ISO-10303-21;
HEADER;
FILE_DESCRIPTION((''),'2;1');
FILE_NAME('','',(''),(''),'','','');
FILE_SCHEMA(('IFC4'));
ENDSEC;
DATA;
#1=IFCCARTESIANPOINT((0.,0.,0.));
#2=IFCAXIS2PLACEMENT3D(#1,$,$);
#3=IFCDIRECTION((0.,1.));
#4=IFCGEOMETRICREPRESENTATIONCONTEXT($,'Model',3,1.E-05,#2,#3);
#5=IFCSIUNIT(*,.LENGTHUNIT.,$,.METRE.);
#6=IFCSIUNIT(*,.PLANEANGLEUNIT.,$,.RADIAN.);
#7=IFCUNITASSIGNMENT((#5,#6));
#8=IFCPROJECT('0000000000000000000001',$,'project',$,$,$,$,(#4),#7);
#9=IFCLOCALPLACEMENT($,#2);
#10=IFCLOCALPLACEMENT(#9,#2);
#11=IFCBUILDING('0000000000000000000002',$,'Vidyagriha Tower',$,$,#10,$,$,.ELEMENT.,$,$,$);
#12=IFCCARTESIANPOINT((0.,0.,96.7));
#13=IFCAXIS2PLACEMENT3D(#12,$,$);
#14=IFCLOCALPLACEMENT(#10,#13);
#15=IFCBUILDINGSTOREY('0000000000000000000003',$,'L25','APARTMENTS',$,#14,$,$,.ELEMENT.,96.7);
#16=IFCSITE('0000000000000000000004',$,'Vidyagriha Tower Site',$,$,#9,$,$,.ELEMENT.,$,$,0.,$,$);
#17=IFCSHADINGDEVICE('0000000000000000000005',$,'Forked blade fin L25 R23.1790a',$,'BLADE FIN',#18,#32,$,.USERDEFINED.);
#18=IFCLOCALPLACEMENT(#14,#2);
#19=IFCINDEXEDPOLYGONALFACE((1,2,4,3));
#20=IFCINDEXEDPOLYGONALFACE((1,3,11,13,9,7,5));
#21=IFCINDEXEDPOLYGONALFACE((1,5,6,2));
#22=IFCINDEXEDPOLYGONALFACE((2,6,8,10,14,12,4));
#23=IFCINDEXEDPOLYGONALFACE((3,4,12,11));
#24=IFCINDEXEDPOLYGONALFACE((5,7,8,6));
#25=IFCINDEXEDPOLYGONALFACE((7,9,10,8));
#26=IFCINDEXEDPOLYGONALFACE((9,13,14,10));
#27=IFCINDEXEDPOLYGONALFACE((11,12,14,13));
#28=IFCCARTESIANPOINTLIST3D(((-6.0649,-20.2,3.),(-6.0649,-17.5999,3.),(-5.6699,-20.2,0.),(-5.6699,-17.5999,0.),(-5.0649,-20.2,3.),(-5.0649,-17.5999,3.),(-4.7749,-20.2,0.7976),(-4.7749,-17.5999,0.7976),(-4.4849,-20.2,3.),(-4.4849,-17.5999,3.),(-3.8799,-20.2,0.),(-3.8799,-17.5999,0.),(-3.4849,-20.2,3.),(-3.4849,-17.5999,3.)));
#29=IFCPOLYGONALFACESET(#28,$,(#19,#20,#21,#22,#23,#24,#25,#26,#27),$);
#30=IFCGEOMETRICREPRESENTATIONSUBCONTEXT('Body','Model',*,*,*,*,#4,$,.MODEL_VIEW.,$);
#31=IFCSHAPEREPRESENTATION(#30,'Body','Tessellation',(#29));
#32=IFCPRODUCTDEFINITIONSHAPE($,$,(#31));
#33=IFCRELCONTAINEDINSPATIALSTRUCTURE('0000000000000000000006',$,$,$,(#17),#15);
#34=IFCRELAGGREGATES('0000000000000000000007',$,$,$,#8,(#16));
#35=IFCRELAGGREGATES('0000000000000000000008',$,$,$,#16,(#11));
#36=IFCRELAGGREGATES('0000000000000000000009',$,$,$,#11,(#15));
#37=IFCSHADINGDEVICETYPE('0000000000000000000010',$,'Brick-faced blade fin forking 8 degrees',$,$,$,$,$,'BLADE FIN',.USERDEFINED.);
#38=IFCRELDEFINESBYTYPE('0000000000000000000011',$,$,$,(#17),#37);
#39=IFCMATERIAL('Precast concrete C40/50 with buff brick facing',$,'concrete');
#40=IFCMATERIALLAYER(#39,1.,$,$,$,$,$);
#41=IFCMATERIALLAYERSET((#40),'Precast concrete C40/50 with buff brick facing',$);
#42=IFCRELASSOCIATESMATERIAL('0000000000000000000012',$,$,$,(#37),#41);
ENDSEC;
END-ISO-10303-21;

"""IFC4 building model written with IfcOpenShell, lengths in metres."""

from ifc_helpers import new_model, si_unit, direction, frame, origin, place, context, subcontext, project, spatial, polyline, outline, extrude, material, layer, layer_set, type_object, element, save


model = new_model("IFC4")

# Units and contexts
model_context = context("Model", 3, precision=1e-05, world=origin(), true_north=direction((0.0, 1.0)))
body_context = subcontext(model_context, "Body", "Model", "MODEL_VIEW")
ifc_project = project(units=[si_unit("LENGTHUNIT", "METRE"), si_unit("PLANEANGLEUNIT", "RADIAN")], contexts=[model_context])

# Site, building, storey
site_placement = place(None, origin())
site = spatial("IfcSite", under=ifc_project, at=site_placement, Name="Vidyagriha Tower Site", CompositionType="ELEMENT", RefElevation=0.0)
building_placement = place(site_placement, origin())
building = spatial("IfcBuilding", under=site, at=building_placement, Name="Vidyagriha Tower", CompositionType="ELEMENT")
storey_placement = place(building_placement, frame((0.0, 0.0, 96.7)))
storey = spatial("IfcBuildingStorey", under=building, at=storey_placement, Name="L25", Description="APARTMENTS", CompositionType="ELEMENT", Elevation=96.7)

# Shading device
ifc_material_1 = material(Name="Precast concrete C40/50 with buff brick facing", Category="concrete")
ifc_layer_1 = layer(ifc_material_1, 1.0)
ifc_layer_set_1 = layer_set([ifc_layer_1], Name="Precast concrete C40/50 with buff brick facing")
shading_device_type_1 = type_object("IfcShadingDeviceType", Name="Brick-faced blade fin forking 8 degrees", ElementType="BLADE FIN", PredefinedType="USERDEFINED", material=ifc_layer_set_1)
shading_device_1_placement = place(storey_placement, frame((-6.0649, -18.8999, 0.0)))
element("IfcShadingDevice", 1, at=shading_device_1_placement, inside=storey, type_object=shading_device_type_1, Name="Forked blade fin L25 R23.1790a", ObjectType="BLADE FIN", PredefinedType="USERDEFINED", context=body_context, shape_type="SweptSolid", body=[
    extrude(outline(polyline([(0.395, 0.0), (2.1851, 0.0), (2.5801, 3.0), (1.5801, 3.0), (1.29, 0.7976), (1.0, 3.0), (0.0, 3.0), (0.395, 0.0)])), frame((0.0, 1.3, 0.0), z_axis=(0.0, -1.0, 0.0), x_axis=(1.0, 0.0, 0.0)), (0.0, 0.0, 1.0), 2.6001),
])

save(model, "model.ifc")
